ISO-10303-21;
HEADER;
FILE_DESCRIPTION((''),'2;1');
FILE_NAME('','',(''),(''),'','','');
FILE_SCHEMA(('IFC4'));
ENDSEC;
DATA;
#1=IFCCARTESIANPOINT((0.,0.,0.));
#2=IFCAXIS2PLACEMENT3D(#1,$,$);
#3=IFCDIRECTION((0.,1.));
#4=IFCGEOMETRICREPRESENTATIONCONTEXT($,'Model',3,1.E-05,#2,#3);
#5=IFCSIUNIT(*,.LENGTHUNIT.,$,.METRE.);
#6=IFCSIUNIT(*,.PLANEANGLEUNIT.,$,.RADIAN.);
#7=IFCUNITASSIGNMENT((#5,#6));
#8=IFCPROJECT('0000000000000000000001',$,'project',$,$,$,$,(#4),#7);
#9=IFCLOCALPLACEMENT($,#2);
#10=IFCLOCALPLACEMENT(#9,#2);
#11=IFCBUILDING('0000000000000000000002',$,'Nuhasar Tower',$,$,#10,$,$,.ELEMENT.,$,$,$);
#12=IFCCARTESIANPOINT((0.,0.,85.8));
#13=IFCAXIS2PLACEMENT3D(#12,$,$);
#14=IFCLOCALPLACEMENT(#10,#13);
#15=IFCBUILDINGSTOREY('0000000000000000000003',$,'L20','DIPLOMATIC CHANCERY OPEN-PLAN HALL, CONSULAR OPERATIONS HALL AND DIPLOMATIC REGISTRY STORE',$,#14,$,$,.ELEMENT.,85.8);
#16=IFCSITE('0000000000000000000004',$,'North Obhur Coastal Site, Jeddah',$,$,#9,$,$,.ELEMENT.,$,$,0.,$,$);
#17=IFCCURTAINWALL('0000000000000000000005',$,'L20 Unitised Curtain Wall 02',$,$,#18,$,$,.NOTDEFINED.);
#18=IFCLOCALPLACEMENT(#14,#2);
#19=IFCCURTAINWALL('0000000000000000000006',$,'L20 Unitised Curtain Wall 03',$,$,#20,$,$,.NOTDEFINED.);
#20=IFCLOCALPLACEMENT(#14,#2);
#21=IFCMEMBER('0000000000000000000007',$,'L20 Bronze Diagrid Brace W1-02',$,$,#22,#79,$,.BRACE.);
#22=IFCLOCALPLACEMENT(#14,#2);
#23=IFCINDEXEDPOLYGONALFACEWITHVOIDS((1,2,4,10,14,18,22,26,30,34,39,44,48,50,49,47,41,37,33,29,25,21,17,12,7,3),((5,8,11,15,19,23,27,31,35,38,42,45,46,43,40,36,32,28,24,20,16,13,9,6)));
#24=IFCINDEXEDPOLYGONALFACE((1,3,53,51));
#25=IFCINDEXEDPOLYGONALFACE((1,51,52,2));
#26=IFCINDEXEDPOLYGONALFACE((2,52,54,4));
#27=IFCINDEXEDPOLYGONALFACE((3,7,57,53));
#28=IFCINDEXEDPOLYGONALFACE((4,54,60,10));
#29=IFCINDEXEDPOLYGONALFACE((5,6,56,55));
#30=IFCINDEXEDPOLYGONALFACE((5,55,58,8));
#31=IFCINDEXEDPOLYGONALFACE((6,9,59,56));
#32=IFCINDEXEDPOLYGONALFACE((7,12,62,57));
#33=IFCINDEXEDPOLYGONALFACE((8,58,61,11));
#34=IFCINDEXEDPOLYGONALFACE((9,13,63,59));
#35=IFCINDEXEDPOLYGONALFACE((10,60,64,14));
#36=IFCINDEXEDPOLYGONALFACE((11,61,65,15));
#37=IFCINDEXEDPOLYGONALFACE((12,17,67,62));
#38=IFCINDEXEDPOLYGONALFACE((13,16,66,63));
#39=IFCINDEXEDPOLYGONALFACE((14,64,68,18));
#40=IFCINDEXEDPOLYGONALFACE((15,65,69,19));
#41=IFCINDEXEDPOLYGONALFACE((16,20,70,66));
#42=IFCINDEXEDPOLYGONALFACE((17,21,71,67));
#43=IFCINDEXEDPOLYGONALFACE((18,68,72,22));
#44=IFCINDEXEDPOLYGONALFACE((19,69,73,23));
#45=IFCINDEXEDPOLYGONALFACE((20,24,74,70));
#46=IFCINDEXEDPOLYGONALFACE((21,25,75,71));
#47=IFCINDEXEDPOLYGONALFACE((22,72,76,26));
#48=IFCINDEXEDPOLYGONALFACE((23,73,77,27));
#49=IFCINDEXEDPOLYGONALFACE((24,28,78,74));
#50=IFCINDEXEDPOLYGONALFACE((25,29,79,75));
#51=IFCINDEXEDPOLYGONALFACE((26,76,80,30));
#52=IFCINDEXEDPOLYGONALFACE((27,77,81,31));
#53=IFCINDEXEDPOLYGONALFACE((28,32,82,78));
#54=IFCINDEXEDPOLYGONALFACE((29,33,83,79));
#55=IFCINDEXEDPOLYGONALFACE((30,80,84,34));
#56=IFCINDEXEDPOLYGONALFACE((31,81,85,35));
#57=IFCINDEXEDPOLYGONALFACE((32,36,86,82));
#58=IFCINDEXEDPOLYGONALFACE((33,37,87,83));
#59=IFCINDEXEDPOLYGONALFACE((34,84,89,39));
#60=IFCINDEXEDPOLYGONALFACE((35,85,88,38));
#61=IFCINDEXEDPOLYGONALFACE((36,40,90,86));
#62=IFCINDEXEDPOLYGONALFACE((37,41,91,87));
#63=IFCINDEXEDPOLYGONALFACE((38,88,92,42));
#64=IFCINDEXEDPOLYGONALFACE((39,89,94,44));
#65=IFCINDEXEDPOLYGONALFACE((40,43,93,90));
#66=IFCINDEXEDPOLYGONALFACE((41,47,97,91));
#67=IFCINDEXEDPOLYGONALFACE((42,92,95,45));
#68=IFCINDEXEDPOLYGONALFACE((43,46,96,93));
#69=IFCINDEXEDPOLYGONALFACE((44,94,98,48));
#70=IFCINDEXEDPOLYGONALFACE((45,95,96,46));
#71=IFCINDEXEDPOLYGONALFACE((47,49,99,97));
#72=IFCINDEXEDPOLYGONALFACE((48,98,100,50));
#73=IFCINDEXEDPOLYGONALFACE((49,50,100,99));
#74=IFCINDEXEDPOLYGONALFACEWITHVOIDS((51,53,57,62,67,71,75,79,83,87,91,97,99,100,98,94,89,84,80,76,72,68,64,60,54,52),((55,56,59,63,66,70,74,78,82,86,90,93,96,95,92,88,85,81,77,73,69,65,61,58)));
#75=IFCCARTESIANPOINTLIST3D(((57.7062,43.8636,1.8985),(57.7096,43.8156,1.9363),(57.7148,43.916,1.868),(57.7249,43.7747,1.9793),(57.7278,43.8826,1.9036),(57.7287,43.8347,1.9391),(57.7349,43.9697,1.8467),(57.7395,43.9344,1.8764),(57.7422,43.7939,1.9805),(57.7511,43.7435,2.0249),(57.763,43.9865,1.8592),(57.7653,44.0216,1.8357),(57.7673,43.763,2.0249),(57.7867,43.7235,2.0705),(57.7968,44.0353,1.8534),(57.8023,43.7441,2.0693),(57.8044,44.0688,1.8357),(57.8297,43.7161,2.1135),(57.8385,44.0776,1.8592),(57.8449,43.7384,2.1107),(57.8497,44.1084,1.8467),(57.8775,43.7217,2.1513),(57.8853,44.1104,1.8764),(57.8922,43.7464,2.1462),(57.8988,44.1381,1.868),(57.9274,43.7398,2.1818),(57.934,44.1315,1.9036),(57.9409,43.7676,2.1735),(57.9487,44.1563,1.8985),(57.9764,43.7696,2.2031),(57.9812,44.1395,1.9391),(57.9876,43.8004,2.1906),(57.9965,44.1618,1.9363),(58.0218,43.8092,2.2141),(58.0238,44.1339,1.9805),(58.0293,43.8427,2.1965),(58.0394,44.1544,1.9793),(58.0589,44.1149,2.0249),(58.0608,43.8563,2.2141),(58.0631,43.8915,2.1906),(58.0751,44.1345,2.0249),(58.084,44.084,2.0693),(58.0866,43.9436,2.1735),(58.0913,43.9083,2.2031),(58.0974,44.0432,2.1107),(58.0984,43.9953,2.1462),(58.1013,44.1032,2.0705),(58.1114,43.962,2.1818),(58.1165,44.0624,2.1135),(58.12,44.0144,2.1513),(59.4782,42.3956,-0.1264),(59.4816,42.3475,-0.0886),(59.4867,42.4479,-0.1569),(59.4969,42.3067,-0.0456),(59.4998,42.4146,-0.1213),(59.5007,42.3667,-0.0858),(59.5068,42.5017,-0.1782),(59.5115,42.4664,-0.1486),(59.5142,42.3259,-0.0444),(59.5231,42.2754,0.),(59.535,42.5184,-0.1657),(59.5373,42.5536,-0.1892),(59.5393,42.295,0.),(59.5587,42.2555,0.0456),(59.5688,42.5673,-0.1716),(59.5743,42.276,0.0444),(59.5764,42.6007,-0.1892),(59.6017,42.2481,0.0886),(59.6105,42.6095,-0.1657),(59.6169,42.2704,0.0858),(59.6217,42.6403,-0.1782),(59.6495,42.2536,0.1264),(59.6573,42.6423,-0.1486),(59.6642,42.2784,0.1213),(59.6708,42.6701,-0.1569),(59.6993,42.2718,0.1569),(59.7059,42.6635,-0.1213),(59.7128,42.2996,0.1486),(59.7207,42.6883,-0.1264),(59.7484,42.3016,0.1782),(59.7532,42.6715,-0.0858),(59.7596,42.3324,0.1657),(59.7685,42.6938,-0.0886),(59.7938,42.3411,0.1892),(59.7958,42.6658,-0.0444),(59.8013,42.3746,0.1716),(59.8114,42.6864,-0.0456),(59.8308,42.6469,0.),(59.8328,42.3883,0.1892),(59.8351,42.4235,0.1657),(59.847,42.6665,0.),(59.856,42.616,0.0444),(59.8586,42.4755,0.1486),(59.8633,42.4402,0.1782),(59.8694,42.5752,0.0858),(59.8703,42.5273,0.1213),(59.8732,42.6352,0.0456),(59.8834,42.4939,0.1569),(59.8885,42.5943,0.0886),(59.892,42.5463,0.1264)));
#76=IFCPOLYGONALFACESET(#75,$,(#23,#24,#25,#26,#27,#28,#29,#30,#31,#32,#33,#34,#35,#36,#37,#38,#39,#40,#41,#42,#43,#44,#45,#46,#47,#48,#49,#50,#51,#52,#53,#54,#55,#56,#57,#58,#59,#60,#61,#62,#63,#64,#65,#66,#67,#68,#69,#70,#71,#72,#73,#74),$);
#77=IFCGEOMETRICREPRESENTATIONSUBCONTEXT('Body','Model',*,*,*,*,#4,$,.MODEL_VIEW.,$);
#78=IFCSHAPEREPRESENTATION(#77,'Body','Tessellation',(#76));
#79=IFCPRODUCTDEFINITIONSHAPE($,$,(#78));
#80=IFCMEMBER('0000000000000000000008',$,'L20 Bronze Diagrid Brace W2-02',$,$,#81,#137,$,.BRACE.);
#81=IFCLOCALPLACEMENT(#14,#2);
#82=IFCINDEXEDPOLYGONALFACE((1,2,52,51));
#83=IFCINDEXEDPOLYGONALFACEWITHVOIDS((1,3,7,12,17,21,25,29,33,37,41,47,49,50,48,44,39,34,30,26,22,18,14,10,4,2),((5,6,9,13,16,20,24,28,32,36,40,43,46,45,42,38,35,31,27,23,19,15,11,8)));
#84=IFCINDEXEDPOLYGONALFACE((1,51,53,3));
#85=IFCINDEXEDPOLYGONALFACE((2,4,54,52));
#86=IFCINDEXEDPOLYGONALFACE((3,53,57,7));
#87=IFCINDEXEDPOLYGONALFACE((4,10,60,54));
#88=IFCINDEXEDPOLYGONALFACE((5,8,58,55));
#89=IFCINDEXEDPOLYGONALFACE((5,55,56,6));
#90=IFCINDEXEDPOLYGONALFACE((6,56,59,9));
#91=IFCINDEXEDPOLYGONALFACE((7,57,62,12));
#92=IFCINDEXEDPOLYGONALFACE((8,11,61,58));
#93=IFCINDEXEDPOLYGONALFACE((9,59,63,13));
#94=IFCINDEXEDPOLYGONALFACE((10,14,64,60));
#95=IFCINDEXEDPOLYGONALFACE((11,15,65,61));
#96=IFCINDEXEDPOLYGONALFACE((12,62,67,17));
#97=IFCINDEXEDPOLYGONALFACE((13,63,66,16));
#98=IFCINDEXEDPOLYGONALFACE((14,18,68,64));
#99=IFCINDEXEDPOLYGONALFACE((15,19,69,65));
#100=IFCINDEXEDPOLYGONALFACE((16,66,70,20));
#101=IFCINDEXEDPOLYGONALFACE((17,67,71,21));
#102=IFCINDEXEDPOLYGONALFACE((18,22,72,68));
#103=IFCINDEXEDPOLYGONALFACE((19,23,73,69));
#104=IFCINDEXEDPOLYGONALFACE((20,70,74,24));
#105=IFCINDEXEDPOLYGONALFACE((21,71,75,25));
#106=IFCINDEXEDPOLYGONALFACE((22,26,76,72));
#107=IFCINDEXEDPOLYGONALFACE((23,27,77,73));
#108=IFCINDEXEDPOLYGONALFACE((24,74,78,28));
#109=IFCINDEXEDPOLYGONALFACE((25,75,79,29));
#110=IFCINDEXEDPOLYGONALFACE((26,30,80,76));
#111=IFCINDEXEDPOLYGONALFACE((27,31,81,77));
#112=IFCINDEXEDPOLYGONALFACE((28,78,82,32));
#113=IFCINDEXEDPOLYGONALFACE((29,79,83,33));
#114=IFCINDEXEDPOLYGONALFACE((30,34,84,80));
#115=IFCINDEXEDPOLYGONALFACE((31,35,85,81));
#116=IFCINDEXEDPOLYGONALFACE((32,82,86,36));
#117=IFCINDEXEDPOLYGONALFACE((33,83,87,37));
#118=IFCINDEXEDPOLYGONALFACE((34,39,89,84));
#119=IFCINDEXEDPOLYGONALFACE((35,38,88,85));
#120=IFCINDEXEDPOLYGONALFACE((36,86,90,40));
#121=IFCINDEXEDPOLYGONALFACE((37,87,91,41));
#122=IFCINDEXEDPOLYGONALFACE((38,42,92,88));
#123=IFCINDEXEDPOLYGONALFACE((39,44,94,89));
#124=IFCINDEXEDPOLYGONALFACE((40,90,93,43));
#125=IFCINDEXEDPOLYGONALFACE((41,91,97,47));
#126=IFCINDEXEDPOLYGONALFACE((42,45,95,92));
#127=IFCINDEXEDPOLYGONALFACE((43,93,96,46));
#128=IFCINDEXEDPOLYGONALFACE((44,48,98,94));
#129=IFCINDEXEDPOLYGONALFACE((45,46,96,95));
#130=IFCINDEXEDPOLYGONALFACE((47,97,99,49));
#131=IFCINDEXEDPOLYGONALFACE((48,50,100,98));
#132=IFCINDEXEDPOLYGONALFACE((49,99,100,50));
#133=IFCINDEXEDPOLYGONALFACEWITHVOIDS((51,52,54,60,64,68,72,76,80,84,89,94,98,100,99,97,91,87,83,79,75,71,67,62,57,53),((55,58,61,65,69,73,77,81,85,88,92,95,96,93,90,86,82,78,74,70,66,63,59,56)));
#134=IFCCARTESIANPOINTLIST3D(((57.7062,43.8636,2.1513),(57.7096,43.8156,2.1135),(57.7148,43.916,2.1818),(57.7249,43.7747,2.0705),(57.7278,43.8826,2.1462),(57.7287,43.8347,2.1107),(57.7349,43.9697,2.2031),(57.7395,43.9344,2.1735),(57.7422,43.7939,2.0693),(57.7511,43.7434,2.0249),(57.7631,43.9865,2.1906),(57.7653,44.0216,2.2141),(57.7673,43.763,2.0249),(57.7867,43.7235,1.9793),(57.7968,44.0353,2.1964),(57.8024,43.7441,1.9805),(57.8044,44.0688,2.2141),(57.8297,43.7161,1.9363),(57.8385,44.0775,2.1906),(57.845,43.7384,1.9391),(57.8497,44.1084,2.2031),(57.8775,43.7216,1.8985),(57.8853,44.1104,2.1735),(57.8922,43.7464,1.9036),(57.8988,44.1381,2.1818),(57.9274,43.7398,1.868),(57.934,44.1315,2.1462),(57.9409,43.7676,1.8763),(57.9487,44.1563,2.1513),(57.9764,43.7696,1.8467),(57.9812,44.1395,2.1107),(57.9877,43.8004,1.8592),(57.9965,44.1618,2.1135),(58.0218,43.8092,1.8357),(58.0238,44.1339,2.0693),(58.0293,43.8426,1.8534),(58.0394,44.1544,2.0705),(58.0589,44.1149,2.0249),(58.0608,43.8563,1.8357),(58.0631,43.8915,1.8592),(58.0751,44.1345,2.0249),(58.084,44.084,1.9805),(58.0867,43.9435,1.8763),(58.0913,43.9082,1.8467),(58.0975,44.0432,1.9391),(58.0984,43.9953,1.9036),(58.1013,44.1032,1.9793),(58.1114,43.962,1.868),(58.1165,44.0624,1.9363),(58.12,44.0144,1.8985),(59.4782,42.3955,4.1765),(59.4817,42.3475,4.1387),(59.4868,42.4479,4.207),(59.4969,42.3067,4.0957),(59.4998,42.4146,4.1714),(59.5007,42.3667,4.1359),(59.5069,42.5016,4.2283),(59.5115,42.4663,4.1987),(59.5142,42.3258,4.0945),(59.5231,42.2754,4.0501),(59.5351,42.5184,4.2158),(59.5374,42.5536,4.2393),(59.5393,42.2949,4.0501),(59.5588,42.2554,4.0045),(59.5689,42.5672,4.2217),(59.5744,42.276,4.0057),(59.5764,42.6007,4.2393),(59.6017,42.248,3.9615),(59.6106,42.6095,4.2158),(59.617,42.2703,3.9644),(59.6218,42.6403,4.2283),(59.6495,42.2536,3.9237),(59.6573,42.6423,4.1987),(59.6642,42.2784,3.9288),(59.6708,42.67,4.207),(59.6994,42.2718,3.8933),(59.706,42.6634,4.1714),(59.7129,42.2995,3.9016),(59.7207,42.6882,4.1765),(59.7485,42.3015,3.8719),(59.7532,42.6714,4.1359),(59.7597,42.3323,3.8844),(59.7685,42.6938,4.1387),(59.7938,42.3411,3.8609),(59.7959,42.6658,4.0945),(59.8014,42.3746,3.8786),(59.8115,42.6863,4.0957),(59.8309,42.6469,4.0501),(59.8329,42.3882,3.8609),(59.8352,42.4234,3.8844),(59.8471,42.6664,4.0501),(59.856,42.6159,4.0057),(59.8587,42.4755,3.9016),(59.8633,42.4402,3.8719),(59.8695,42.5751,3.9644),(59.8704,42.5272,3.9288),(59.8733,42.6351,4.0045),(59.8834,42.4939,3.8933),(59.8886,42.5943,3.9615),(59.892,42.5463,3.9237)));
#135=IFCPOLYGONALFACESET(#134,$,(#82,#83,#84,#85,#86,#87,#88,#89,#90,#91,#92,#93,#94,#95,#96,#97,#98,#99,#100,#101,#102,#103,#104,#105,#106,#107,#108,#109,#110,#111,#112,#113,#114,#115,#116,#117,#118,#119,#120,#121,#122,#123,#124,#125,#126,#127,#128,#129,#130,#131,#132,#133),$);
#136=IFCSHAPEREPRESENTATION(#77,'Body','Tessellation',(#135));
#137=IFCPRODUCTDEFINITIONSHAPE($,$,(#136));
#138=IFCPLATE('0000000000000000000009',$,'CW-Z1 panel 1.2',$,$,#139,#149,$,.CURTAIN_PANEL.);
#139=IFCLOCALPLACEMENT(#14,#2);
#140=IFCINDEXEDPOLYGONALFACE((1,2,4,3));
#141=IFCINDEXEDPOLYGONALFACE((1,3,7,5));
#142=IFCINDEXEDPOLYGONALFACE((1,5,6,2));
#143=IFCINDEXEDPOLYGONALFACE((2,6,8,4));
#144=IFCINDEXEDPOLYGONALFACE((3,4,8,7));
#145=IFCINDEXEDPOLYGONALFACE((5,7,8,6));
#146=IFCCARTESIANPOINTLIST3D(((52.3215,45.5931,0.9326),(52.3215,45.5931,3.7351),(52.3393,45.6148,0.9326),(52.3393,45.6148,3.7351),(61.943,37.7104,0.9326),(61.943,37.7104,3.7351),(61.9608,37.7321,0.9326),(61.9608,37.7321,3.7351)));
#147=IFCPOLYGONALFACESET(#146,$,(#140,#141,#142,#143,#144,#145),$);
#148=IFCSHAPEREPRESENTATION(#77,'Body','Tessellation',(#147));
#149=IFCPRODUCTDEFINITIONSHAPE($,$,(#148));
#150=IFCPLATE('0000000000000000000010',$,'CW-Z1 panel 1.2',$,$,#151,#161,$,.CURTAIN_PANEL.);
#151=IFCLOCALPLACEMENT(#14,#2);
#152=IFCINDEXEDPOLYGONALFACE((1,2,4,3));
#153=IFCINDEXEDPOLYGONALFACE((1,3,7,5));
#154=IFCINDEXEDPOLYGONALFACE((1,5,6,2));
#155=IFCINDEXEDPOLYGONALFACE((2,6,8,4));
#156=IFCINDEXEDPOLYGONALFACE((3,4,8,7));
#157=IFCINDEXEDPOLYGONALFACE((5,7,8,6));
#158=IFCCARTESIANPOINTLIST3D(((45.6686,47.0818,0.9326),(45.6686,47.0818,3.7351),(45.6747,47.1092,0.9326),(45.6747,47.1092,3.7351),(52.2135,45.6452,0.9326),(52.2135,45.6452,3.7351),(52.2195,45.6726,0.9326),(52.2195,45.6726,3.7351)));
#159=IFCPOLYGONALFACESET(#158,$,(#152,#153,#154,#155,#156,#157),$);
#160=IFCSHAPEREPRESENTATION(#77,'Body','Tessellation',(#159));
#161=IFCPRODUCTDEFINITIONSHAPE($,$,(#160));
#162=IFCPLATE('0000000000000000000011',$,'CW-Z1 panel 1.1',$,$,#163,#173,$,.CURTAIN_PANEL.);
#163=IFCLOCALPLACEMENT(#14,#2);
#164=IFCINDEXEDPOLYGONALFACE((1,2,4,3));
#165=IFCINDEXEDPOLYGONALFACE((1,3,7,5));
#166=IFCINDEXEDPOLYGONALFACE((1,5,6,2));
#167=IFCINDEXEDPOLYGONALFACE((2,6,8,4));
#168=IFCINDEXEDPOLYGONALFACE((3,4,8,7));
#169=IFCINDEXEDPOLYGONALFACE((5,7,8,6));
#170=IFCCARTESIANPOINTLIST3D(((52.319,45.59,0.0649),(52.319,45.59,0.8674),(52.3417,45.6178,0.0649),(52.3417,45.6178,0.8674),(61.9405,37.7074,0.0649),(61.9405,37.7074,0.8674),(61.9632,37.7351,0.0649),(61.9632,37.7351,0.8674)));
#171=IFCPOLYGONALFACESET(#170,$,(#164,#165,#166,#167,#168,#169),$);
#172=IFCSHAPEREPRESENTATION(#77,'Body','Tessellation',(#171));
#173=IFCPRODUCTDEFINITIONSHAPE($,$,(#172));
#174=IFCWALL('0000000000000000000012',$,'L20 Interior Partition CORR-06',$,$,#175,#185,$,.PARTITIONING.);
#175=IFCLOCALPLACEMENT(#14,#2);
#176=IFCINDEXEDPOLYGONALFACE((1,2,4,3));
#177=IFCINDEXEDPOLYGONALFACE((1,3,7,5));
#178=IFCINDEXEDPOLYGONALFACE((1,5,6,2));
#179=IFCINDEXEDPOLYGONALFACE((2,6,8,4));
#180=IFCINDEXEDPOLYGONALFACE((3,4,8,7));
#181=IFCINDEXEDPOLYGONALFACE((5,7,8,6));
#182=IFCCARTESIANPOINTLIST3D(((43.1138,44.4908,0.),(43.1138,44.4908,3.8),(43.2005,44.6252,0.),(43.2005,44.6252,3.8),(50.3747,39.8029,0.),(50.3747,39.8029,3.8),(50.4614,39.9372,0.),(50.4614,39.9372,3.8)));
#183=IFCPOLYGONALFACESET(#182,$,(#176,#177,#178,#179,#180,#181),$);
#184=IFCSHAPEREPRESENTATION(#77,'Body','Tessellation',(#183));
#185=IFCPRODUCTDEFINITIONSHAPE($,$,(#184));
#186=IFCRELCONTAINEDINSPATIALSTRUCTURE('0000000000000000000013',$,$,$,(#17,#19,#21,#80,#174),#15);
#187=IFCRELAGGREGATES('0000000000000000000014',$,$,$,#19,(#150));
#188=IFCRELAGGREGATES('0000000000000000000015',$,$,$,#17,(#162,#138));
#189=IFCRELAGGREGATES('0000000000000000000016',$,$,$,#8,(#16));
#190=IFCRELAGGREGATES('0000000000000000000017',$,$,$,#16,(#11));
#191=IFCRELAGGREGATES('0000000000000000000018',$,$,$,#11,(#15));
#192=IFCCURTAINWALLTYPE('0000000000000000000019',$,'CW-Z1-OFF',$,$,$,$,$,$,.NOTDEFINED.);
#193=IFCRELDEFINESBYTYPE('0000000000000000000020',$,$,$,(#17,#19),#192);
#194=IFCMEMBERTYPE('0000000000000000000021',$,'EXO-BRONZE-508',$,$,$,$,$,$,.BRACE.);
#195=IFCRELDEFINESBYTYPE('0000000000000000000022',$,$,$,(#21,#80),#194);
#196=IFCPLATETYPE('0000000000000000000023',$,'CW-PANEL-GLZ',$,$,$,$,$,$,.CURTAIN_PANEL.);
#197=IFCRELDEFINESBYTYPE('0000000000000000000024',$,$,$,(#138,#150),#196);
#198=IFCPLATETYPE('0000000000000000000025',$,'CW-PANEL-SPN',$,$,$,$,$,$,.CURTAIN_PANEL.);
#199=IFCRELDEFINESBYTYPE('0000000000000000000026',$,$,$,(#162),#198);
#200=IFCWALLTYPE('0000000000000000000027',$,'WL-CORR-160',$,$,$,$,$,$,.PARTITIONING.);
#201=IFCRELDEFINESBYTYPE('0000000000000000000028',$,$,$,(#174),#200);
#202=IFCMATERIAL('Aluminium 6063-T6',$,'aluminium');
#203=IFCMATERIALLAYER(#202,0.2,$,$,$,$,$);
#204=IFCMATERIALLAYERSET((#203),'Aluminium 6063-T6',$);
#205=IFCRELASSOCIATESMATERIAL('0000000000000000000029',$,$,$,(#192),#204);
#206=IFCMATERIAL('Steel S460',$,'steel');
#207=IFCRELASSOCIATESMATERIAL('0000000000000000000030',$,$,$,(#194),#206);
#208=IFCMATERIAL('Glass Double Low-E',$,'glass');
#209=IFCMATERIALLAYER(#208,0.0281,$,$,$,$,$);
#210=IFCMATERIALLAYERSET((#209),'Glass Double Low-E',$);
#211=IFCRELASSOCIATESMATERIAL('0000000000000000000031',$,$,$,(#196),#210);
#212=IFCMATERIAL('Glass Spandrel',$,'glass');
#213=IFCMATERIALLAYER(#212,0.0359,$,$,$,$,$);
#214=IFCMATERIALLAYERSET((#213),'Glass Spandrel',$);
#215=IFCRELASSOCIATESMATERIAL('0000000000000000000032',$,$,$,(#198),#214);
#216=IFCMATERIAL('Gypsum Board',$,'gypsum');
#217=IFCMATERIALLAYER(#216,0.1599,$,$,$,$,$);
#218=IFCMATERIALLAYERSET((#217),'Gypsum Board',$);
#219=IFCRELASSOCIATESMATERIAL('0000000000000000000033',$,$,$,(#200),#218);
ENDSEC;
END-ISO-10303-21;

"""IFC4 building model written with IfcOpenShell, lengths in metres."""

from ifc_helpers import new_model, si_unit, direction, frame, frame_2d, origin, origin_2d, place, context, subcontext, project, spatial, rectangle, hollow_circle, extrude, material, layer, layer_set, material_profile, profile_set, type_object, element, aggregate, save


model = new_model("IFC4")

# Units and contexts
model_context = context("Model", 3, precision=1e-05, world=origin(), true_north=direction((0.0, 1.0)))
body_context = subcontext(model_context, "Body", "Model", "MODEL_VIEW")
ifc_project = project(units=[si_unit("LENGTHUNIT", "METRE"), si_unit("PLANEANGLEUNIT", "RADIAN")], contexts=[model_context])

# Site, building, storey
site_placement = place(None, origin())
site = spatial("IfcSite", under=ifc_project, at=site_placement, Name="North Obhur Coastal Site, Jeddah", CompositionType="ELEMENT", RefElevation=0.0)
building_placement = place(site_placement, origin())
building = spatial("IfcBuilding", under=site, at=building_placement, Name="Nuhasar Tower", CompositionType="ELEMENT")
storey_placement = place(building_placement, frame((0.0, 0.0, 85.8)))
storey = spatial("IfcBuildingStorey", under=building, at=storey_placement, Name="L20", Description="DIPLOMATIC CHANCERY OPEN-PLAN HALL, CONSULAR OPERATIONS HALL AND DIPLOMATIC REGISTRY STORE", CompositionType="ELEMENT", Elevation=85.8)

# Shared definitions
ifc_material_1 = material(Name="Aluminium 6063-T6", Category="aluminium")
ifc_layer_1 = layer(ifc_material_1, 0.2)
ifc_layer_set_1 = layer_set([ifc_layer_1], Name="Aluminium 6063-T6")
curtain_wall_type = type_object("IfcCurtainWallType", Name="CW-Z1-OFF", PredefinedType="NOTDEFINED", material=ifc_layer_set_1)

# Curtain wall
curtain_wall_1_placement = place(storey_placement, origin())
curtain_wall_1 = element("IfcCurtainWall", 1, at=curtain_wall_1_placement, inside=storey, type_object=curtain_wall_type, Name="L20 Unitised Curtain Wall 02", PredefinedType="NOTDEFINED")

# Curtain wall
curtain_wall_2_placement = place(storey_placement, origin())
curtain_wall_2 = element("IfcCurtainWall", 2, at=curtain_wall_2_placement, inside=storey, type_object=curtain_wall_type, Name="L20 Unitised Curtain Wall 03", PredefinedType="NOTDEFINED")

# Members
ifc_material_2 = material(Name="Steel S460", Category="steel")
ifc_material_profile_1 = material_profile(ifc_material_2, hollow_circle(Radius=0.2539, WallThickness=0.0254, at=origin_2d()), Name="HSS508X25.4")
ifc_profile_set_1 = profile_set([ifc_material_profile_1], Name="Steel S460")
member_type_1 = type_object("IfcMemberType", Name="EXO-BRONZE-508", PredefinedType="BRACE", material=ifc_profile_set_1)
member_1_placement = place(storey_placement, frame((59.6851, 42.4709, 0.0), z_axis=(-0.578102, 0.478937, 0.660619), x_axis=(-0.637969, -0.770062, 0.0)))
element("IfcMember", 3, at=member_1_placement, inside=storey, type_object=member_type_1, Name="L20 Bronze Diagrid Brace W1-02", PredefinedType="BRACE", context=body_context, shape_type="SweptSolid", body=[
    extrude(hollow_circle(Radius=0.2539, WallThickness=0.0254, at=origin_2d()), origin(), (0.0, 0.0, 1.0), 3.0652),
])
member_2_placement = place(storey_placement, frame((57.9131, 43.939, 2.0249), z_axis=(0.578071, -0.478912, 0.660664), x_axis=(0.637969, 0.770062, 0.0)))
element("IfcMember", 4, at=member_2_placement, inside=storey, type_object=member_type_1, Name="L20 Bronze Diagrid Brace W2-02", PredefinedType="BRACE", context=body_context, shape_type="SweptSolid", body=[
    extrude(hollow_circle(Radius=0.2539, WallThickness=0.0254, at=origin_2d()), origin(), (0.0, 0.0, 1.0), 3.0654),
])

# Plates
ifc_material_3 = material(Name="Glass Double Low-E", Category="glass")
ifc_layer_2 = layer(ifc_material_3, 0.0281)
ifc_layer_set_2 = layer_set([ifc_layer_2], Name="Glass Double Low-E")
plate_type_1 = type_object("IfcPlateType", Name="CW-PANEL-GLZ", PredefinedType="CURTAIN_PANEL", material=ifc_layer_set_2)
plate_1_placement = place(storey_placement, frame((57.1411, 41.6626, 0.9326), z_axis=(0.0, 0.0, 1.0), x_axis=(-0.773542, 0.633745, 0.0)))
plate_1 = element("IfcPlate", 5, at=plate_1_placement, type_object=plate_type_1, Name="CW-Z1 panel 1.2", PredefinedType="CURTAIN_PANEL", context=body_context, shape_type="SweptSolid", body=[
    extrude(rectangle(XDim=12.4382, YDim=0.0281, at=origin_2d()), origin(), (0.0, 0.0, 1.0), 2.8025),
])
plate_2_placement = place(storey_placement, frame((48.9441, 46.3772, 0.9326), z_axis=(0.0, 0.0, 1.0), x_axis=(-0.976746, 0.214399, 0.0)))
plate_2 = element("IfcPlate", 6, at=plate_2_placement, type_object=plate_type_1, Name="CW-Z1 panel 1.2", PredefinedType="CURTAIN_PANEL", context=body_context, shape_type="SweptSolid", body=[
    extrude(rectangle(XDim=6.7007, YDim=0.0281, at=origin_2d()), origin(), (0.0, 0.0, 1.0), 2.8025),
])
aggregate(curtain_wall_2, [plate_2])
ifc_material_4 = material(Name="Glass Spandrel", Category="glass")
ifc_layer_3 = layer(ifc_material_4, 0.0359)
ifc_layer_set_3 = layer_set([ifc_layer_3], Name="Glass Spandrel")
plate_type_2 = type_object("IfcPlateType", Name="CW-PANEL-SPN", PredefinedType="CURTAIN_PANEL", material=ifc_layer_set_3)
plate_3_placement = place(storey_placement, frame((57.1411, 41.6626, 0.0649), z_axis=(0.0, 0.0, 1.0), x_axis=(-0.773542, 0.633745, 0.0)))
plate_3 = element("IfcPlate", 7, at=plate_3_placement, type_object=plate_type_2, Name="CW-Z1 panel 1.1", PredefinedType="CURTAIN_PANEL", context=body_context, shape_type="SweptSolid", body=[
    extrude(rectangle(XDim=12.4382, YDim=0.0359, at=origin_2d()), origin(), (0.0, 0.0, 1.0), 0.8025),
])
aggregate(curtain_wall_1, [plate_3, plate_1])

# Wall
ifc_material_5 = material(Name="Gypsum Board", Category="gypsum")
ifc_layer_4 = layer(ifc_material_5, 0.1599)
ifc_layer_set_4 = layer_set([ifc_layer_4], Name="Gypsum Board")
wall_type = type_object("IfcWallType", Name="WL-CORR-160", PredefinedType="PARTITIONING", material=ifc_layer_set_4)
wall_placement = place(storey_placement, frame((50.418, 39.8701, 0.0), z_axis=(0.0, 0.0, 1.0), x_axis=(-0.840113, 0.542411, 0.0)))
element("IfcWall", 8, at=wall_placement, inside=storey, type_object=wall_type, Name="L20 Interior Partition CORR-06", PredefinedType="PARTITIONING", context=body_context, shape_type="SweptSolid", body=[
    extrude(rectangle(XDim=8.6428, YDim=0.1599, at=frame_2d((4.3213, 0.0))), origin(), (0.0, 0.0, 1.0), 3.8),
])

save(model, "model.ifc")
